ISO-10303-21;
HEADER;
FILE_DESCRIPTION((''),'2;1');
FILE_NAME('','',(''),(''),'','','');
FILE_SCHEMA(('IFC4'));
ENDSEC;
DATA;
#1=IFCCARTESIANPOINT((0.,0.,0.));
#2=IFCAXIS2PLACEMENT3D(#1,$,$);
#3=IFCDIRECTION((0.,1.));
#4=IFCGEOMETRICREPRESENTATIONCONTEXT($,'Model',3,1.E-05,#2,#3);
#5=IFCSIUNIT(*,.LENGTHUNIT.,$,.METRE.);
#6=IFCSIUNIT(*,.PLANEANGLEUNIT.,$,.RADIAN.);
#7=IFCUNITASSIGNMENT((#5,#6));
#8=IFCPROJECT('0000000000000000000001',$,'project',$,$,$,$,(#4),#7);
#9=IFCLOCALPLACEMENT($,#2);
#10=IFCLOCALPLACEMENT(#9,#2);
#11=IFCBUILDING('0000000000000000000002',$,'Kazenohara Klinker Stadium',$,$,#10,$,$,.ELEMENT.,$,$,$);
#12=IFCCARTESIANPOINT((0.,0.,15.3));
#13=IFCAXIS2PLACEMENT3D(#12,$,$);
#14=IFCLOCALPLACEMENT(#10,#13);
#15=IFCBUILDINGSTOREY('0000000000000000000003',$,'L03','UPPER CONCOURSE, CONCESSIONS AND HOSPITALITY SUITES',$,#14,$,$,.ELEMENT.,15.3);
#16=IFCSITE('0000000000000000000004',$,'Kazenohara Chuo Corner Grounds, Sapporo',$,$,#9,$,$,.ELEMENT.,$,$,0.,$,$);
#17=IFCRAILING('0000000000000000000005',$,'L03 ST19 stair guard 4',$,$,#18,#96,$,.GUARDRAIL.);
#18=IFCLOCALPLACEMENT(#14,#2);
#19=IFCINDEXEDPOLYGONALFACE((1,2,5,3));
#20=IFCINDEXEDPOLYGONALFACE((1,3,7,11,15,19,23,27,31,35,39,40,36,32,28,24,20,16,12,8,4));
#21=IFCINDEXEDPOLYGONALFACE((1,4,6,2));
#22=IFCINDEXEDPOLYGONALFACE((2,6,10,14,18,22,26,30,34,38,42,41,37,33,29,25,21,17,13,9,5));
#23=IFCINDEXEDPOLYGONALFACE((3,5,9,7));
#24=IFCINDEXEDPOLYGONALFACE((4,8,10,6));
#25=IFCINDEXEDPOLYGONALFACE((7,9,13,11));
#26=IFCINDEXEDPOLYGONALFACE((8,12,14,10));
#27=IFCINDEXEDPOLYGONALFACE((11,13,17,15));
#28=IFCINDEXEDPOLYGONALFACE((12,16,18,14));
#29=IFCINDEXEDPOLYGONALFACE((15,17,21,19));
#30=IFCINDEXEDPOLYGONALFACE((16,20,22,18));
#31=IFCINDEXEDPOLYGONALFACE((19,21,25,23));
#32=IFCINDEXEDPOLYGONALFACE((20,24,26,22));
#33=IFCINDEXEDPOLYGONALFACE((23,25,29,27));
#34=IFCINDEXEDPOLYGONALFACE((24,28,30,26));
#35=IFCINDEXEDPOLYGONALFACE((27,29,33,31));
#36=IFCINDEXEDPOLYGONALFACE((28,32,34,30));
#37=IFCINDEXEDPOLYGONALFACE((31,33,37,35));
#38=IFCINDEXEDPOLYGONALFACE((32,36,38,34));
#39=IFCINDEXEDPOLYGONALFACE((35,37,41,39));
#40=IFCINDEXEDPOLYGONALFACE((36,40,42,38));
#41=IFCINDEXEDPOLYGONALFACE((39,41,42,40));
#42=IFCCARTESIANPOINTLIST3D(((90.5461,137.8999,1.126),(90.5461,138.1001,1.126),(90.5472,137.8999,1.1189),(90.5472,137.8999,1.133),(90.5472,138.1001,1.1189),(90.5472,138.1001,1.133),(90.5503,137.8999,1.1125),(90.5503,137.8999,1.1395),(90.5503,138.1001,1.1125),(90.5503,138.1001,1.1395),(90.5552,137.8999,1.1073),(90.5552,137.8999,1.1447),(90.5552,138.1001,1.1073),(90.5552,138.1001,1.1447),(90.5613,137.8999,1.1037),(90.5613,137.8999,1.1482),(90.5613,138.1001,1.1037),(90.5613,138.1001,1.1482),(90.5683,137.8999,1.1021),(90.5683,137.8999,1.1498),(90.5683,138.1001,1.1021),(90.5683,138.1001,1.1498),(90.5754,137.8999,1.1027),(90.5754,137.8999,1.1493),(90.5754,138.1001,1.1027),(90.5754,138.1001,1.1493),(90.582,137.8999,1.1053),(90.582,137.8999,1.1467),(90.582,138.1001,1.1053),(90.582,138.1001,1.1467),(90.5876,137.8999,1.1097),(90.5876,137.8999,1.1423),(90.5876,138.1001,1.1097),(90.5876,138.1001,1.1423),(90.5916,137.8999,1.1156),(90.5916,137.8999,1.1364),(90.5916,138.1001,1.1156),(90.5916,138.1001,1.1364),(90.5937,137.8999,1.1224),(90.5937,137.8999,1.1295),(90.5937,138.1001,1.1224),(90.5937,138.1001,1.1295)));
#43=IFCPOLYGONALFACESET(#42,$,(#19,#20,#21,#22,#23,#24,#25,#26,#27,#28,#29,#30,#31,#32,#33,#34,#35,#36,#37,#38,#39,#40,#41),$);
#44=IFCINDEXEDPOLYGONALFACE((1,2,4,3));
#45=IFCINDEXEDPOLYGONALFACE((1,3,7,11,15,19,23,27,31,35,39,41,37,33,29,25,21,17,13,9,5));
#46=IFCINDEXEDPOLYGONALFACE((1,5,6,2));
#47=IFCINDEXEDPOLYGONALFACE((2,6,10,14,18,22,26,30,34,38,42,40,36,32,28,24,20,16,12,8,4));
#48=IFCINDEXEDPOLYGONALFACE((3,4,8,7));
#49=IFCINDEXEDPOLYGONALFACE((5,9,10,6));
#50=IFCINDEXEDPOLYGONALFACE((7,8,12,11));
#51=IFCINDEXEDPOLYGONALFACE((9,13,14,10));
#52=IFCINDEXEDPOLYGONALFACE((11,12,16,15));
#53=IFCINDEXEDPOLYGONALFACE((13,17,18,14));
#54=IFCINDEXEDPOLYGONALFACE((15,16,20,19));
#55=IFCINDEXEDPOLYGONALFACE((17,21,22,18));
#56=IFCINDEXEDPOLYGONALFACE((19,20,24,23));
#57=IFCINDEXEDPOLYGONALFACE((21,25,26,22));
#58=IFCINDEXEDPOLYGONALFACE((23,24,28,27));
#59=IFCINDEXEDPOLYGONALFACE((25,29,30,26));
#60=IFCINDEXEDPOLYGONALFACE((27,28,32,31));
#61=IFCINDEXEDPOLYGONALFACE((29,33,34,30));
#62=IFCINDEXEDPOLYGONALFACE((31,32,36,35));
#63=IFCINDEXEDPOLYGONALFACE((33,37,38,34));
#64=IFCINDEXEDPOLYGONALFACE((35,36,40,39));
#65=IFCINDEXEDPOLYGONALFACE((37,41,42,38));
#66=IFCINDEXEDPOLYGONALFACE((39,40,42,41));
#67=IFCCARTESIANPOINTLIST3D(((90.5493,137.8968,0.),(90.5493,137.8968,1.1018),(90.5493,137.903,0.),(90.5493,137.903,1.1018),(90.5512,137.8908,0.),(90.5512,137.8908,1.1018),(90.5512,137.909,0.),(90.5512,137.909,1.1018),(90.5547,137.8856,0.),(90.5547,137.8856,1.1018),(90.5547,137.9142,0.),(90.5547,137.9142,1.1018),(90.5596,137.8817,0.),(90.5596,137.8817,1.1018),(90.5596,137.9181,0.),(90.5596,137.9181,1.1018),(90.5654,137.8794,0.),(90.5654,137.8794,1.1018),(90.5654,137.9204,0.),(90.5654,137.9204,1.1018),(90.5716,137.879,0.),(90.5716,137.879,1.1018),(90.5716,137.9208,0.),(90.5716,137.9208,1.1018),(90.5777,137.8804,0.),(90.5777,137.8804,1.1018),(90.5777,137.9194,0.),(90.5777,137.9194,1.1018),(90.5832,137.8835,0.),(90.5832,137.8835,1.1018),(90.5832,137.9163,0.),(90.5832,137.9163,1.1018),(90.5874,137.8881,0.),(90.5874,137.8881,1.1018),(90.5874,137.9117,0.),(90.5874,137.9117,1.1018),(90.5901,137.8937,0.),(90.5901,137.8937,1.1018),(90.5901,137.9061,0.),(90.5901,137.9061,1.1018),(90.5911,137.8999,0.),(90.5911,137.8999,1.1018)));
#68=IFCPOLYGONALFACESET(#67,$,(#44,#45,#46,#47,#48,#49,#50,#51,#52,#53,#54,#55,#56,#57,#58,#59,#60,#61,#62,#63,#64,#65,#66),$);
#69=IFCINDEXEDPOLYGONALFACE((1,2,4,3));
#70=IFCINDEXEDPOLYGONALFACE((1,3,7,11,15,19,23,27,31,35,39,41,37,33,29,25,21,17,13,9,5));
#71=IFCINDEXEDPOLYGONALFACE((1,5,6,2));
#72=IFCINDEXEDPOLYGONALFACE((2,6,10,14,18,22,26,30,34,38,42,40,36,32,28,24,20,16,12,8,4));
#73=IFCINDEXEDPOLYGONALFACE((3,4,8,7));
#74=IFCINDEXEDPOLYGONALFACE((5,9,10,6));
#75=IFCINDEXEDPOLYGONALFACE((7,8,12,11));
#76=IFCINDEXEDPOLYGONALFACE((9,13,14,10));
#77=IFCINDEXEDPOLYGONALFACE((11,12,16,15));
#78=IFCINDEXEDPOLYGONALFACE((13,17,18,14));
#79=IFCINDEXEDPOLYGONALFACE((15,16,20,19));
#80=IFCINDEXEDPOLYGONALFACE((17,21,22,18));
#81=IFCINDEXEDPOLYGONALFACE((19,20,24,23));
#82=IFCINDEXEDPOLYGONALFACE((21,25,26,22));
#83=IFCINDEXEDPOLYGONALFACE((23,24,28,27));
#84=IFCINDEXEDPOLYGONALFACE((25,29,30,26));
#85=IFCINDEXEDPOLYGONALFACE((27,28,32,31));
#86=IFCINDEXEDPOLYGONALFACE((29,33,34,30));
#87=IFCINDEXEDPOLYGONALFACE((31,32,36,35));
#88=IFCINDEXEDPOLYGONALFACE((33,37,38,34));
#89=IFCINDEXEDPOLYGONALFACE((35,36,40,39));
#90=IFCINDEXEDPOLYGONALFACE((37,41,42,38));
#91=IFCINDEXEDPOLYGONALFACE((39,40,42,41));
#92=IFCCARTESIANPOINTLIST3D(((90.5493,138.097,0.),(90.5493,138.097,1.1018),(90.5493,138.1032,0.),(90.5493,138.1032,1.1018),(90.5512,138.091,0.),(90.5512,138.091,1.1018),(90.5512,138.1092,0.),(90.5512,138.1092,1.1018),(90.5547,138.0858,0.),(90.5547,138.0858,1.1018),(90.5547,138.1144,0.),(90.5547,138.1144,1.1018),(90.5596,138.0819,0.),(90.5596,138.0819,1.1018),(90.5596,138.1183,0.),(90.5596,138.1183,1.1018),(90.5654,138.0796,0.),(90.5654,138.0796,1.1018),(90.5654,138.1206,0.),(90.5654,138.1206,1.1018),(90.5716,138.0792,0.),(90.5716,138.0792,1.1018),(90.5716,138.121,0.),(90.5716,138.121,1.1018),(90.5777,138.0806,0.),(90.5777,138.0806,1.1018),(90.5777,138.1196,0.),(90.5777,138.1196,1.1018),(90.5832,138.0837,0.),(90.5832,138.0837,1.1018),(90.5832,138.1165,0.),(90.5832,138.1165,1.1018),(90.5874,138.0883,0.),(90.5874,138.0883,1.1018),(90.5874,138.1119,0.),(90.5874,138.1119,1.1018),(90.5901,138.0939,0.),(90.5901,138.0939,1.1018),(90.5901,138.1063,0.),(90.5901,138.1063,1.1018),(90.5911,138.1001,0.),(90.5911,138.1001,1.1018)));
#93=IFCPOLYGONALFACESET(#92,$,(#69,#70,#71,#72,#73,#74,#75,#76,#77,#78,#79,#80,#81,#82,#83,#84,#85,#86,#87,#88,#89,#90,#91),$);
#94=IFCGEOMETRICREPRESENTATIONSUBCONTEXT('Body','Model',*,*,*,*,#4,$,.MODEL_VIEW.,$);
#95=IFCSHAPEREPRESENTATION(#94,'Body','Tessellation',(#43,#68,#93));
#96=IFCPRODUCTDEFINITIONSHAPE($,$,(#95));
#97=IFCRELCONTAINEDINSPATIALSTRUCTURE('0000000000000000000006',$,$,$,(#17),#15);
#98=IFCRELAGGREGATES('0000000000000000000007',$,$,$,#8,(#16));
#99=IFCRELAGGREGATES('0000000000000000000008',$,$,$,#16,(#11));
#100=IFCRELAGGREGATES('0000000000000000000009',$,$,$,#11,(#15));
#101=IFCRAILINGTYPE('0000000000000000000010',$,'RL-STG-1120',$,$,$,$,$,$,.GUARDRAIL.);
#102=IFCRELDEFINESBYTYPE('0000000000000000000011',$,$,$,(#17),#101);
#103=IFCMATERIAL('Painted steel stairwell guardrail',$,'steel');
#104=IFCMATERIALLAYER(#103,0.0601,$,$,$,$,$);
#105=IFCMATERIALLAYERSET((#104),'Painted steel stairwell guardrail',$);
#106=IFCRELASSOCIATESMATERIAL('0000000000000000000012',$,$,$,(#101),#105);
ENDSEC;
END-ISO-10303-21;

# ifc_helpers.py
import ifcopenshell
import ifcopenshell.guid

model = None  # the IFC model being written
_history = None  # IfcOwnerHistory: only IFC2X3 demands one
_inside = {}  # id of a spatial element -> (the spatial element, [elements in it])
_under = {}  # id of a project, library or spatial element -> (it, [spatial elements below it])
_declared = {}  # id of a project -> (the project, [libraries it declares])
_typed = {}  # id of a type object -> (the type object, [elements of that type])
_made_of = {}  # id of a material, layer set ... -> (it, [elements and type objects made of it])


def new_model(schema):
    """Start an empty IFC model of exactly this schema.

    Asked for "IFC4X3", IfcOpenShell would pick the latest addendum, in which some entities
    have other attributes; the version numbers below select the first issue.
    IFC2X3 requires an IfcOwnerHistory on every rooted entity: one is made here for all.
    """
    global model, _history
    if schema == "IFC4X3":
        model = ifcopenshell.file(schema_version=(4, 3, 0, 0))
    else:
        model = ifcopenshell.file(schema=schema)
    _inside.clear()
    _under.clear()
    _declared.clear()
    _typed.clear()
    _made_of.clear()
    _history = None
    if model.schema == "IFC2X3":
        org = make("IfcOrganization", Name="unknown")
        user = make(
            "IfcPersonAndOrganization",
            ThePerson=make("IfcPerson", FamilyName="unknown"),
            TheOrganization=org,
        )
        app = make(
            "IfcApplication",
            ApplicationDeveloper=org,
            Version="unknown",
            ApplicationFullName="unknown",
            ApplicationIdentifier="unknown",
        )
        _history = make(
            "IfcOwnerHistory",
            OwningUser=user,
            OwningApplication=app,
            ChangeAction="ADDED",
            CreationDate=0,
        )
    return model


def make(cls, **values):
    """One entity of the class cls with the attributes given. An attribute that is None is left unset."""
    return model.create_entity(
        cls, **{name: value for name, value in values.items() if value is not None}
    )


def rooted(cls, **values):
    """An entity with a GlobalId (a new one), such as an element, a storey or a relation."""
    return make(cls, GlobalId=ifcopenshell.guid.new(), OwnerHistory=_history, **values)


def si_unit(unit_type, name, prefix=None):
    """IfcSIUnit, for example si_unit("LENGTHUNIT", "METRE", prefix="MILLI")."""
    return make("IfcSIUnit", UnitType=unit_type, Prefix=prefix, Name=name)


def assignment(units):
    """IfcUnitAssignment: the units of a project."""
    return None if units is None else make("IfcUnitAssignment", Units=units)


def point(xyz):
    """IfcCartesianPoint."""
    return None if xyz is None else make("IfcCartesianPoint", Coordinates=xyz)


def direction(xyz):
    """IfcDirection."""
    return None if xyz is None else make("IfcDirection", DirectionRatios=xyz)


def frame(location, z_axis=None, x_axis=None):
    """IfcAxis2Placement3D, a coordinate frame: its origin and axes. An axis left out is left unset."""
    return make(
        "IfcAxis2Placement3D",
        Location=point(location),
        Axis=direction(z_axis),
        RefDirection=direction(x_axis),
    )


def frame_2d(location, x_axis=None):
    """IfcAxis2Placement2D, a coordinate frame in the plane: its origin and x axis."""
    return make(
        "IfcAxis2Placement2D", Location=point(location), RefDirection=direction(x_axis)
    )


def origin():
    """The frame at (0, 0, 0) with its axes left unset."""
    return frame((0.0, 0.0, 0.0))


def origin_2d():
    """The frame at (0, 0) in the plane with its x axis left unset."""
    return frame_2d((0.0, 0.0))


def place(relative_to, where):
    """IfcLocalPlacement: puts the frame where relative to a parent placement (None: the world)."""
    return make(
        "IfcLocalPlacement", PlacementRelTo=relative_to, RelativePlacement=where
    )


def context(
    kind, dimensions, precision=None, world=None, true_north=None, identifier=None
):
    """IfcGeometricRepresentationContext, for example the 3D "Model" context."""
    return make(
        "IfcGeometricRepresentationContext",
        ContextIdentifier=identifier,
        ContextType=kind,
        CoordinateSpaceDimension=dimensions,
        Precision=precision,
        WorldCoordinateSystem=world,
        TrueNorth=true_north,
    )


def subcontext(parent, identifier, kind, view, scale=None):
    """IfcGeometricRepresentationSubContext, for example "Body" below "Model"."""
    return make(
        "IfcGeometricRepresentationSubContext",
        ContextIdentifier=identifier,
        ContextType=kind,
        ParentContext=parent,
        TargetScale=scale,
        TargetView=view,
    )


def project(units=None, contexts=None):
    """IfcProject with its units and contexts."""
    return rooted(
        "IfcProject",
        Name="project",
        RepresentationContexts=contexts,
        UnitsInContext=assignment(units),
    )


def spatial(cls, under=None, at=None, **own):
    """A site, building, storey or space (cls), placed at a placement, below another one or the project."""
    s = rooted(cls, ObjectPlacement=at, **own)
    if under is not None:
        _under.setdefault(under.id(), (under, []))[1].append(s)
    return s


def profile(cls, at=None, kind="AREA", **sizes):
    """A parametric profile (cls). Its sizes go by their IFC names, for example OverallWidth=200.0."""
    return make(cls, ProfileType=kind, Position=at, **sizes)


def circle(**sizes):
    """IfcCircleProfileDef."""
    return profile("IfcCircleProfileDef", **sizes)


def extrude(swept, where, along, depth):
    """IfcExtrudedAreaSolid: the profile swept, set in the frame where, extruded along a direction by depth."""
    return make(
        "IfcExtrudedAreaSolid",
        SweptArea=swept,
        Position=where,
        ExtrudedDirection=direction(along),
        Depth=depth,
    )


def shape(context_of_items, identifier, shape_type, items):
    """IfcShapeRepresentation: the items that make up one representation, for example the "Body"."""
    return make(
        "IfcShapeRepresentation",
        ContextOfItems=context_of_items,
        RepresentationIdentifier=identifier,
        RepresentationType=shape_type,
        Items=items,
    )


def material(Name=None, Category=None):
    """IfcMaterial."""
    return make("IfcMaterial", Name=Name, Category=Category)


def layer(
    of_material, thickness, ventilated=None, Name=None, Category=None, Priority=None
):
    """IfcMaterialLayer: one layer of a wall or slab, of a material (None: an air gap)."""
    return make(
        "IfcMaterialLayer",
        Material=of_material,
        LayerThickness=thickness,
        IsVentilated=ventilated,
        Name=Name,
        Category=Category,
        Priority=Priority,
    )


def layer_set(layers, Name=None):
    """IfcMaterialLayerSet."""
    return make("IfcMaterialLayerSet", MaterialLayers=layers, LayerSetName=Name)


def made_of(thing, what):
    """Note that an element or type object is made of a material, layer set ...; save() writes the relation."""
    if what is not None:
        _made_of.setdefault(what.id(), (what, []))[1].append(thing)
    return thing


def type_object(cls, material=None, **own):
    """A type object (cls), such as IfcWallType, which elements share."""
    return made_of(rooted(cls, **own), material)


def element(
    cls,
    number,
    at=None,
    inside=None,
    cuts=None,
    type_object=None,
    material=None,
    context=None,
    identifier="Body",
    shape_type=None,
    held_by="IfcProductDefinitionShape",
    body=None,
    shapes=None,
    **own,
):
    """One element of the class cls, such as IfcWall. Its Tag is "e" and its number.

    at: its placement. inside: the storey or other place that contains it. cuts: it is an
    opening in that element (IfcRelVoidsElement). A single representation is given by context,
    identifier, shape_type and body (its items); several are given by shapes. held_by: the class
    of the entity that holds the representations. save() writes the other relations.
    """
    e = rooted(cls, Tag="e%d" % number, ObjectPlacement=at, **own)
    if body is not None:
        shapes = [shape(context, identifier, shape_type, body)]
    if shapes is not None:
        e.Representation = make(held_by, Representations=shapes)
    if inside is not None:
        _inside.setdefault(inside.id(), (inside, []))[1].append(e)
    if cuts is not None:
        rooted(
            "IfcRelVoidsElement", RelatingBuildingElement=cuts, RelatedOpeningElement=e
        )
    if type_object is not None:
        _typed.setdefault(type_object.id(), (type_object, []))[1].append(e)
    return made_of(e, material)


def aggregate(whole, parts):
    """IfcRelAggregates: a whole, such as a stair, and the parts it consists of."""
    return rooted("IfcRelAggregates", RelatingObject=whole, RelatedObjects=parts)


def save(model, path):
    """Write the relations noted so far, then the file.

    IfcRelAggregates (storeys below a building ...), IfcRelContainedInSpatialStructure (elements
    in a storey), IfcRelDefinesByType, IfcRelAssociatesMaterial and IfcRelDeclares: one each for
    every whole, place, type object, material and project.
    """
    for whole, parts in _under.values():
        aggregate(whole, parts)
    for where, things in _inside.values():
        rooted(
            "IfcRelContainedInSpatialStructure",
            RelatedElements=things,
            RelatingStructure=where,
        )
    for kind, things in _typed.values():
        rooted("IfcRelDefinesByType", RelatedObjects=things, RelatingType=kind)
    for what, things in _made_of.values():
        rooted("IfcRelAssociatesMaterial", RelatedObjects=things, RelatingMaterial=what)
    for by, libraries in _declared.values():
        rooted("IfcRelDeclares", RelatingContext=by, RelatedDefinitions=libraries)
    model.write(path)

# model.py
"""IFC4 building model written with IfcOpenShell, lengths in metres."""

from ifc_helpers import new_model, si_unit, direction, frame, origin, origin_2d, place, context, subcontext, project, spatial, circle, extrude, material, layer, layer_set, type_object, element, save


model = new_model("IFC4")

# Units and contexts
model_context = context("Model", 3, precision=1e-05, world=origin(), true_north=direction((0.0, 1.0)))
body_context = subcontext(model_context, "Body", "Model", "MODEL_VIEW")
ifc_project = project(units=[si_unit("LENGTHUNIT", "METRE"), si_unit("PLANEANGLEUNIT", "RADIAN")], contexts=[model_context])

# Site, building, storey
site_placement = place(None, origin())
site = spatial("IfcSite", under=ifc_project, at=site_placement, Name="Kazenohara Chuo Corner Grounds, Sapporo", CompositionType="ELEMENT", RefElevation=0.0)
building_placement = place(site_placement, origin())
building = spatial("IfcBuilding", under=site, at=building_placement, Name="Kazenohara Klinker Stadium", CompositionType="ELEMENT")
storey_placement = place(building_placement, frame((0.0, 0.0, 15.3)))
storey = spatial("IfcBuildingStorey", under=building, at=storey_placement, Name="L03", Description="UPPER CONCOURSE, CONCESSIONS AND HOSPITALITY SUITES", CompositionType="ELEMENT", Elevation=15.3)

# Railing
ifc_material_1 = material(Name="Painted steel stairwell guardrail", Category="steel")
ifc_layer_1 = layer(ifc_material_1, 0.0601)
ifc_layer_set_1 = layer_set([ifc_layer_1], Name="Painted steel stairwell guardrail")
railing_type_1 = type_object("IfcRailingType", Name="RL-STG-1120", PredefinedType="GUARDRAIL", material=ifc_layer_set_1)
railing_1_placement = place(storey_placement, frame((90.5701, 137.8999, 0.0)))
element("IfcRailing", 1, at=railing_1_placement, inside=storey, type_object=railing_type_1, Name="L03 ST19 stair guard 4", PredefinedType="GUARDRAIL", context=body_context, shape_type="SweptSolid", body=[
    extrude(circle(Radius=0.0239, at=origin_2d()), frame((0.0, 0.0, 1.126), z_axis=(0.0, 1.0, 0.0), x_axis=(-1.0, 0.0, 0.0)), (0.0, 0.0, 1.0), 0.2002),
    extrude(circle(Radius=0.021, at=origin_2d()), origin(), (0.0, 0.0, 1.0), 1.1018),
    extrude(circle(Radius=0.021, at=origin_2d()), frame((0.0, 0.2002, 0.0)), (0.0, 0.0, 1.0), 1.1018),
])

save(model, "model.ifc")
